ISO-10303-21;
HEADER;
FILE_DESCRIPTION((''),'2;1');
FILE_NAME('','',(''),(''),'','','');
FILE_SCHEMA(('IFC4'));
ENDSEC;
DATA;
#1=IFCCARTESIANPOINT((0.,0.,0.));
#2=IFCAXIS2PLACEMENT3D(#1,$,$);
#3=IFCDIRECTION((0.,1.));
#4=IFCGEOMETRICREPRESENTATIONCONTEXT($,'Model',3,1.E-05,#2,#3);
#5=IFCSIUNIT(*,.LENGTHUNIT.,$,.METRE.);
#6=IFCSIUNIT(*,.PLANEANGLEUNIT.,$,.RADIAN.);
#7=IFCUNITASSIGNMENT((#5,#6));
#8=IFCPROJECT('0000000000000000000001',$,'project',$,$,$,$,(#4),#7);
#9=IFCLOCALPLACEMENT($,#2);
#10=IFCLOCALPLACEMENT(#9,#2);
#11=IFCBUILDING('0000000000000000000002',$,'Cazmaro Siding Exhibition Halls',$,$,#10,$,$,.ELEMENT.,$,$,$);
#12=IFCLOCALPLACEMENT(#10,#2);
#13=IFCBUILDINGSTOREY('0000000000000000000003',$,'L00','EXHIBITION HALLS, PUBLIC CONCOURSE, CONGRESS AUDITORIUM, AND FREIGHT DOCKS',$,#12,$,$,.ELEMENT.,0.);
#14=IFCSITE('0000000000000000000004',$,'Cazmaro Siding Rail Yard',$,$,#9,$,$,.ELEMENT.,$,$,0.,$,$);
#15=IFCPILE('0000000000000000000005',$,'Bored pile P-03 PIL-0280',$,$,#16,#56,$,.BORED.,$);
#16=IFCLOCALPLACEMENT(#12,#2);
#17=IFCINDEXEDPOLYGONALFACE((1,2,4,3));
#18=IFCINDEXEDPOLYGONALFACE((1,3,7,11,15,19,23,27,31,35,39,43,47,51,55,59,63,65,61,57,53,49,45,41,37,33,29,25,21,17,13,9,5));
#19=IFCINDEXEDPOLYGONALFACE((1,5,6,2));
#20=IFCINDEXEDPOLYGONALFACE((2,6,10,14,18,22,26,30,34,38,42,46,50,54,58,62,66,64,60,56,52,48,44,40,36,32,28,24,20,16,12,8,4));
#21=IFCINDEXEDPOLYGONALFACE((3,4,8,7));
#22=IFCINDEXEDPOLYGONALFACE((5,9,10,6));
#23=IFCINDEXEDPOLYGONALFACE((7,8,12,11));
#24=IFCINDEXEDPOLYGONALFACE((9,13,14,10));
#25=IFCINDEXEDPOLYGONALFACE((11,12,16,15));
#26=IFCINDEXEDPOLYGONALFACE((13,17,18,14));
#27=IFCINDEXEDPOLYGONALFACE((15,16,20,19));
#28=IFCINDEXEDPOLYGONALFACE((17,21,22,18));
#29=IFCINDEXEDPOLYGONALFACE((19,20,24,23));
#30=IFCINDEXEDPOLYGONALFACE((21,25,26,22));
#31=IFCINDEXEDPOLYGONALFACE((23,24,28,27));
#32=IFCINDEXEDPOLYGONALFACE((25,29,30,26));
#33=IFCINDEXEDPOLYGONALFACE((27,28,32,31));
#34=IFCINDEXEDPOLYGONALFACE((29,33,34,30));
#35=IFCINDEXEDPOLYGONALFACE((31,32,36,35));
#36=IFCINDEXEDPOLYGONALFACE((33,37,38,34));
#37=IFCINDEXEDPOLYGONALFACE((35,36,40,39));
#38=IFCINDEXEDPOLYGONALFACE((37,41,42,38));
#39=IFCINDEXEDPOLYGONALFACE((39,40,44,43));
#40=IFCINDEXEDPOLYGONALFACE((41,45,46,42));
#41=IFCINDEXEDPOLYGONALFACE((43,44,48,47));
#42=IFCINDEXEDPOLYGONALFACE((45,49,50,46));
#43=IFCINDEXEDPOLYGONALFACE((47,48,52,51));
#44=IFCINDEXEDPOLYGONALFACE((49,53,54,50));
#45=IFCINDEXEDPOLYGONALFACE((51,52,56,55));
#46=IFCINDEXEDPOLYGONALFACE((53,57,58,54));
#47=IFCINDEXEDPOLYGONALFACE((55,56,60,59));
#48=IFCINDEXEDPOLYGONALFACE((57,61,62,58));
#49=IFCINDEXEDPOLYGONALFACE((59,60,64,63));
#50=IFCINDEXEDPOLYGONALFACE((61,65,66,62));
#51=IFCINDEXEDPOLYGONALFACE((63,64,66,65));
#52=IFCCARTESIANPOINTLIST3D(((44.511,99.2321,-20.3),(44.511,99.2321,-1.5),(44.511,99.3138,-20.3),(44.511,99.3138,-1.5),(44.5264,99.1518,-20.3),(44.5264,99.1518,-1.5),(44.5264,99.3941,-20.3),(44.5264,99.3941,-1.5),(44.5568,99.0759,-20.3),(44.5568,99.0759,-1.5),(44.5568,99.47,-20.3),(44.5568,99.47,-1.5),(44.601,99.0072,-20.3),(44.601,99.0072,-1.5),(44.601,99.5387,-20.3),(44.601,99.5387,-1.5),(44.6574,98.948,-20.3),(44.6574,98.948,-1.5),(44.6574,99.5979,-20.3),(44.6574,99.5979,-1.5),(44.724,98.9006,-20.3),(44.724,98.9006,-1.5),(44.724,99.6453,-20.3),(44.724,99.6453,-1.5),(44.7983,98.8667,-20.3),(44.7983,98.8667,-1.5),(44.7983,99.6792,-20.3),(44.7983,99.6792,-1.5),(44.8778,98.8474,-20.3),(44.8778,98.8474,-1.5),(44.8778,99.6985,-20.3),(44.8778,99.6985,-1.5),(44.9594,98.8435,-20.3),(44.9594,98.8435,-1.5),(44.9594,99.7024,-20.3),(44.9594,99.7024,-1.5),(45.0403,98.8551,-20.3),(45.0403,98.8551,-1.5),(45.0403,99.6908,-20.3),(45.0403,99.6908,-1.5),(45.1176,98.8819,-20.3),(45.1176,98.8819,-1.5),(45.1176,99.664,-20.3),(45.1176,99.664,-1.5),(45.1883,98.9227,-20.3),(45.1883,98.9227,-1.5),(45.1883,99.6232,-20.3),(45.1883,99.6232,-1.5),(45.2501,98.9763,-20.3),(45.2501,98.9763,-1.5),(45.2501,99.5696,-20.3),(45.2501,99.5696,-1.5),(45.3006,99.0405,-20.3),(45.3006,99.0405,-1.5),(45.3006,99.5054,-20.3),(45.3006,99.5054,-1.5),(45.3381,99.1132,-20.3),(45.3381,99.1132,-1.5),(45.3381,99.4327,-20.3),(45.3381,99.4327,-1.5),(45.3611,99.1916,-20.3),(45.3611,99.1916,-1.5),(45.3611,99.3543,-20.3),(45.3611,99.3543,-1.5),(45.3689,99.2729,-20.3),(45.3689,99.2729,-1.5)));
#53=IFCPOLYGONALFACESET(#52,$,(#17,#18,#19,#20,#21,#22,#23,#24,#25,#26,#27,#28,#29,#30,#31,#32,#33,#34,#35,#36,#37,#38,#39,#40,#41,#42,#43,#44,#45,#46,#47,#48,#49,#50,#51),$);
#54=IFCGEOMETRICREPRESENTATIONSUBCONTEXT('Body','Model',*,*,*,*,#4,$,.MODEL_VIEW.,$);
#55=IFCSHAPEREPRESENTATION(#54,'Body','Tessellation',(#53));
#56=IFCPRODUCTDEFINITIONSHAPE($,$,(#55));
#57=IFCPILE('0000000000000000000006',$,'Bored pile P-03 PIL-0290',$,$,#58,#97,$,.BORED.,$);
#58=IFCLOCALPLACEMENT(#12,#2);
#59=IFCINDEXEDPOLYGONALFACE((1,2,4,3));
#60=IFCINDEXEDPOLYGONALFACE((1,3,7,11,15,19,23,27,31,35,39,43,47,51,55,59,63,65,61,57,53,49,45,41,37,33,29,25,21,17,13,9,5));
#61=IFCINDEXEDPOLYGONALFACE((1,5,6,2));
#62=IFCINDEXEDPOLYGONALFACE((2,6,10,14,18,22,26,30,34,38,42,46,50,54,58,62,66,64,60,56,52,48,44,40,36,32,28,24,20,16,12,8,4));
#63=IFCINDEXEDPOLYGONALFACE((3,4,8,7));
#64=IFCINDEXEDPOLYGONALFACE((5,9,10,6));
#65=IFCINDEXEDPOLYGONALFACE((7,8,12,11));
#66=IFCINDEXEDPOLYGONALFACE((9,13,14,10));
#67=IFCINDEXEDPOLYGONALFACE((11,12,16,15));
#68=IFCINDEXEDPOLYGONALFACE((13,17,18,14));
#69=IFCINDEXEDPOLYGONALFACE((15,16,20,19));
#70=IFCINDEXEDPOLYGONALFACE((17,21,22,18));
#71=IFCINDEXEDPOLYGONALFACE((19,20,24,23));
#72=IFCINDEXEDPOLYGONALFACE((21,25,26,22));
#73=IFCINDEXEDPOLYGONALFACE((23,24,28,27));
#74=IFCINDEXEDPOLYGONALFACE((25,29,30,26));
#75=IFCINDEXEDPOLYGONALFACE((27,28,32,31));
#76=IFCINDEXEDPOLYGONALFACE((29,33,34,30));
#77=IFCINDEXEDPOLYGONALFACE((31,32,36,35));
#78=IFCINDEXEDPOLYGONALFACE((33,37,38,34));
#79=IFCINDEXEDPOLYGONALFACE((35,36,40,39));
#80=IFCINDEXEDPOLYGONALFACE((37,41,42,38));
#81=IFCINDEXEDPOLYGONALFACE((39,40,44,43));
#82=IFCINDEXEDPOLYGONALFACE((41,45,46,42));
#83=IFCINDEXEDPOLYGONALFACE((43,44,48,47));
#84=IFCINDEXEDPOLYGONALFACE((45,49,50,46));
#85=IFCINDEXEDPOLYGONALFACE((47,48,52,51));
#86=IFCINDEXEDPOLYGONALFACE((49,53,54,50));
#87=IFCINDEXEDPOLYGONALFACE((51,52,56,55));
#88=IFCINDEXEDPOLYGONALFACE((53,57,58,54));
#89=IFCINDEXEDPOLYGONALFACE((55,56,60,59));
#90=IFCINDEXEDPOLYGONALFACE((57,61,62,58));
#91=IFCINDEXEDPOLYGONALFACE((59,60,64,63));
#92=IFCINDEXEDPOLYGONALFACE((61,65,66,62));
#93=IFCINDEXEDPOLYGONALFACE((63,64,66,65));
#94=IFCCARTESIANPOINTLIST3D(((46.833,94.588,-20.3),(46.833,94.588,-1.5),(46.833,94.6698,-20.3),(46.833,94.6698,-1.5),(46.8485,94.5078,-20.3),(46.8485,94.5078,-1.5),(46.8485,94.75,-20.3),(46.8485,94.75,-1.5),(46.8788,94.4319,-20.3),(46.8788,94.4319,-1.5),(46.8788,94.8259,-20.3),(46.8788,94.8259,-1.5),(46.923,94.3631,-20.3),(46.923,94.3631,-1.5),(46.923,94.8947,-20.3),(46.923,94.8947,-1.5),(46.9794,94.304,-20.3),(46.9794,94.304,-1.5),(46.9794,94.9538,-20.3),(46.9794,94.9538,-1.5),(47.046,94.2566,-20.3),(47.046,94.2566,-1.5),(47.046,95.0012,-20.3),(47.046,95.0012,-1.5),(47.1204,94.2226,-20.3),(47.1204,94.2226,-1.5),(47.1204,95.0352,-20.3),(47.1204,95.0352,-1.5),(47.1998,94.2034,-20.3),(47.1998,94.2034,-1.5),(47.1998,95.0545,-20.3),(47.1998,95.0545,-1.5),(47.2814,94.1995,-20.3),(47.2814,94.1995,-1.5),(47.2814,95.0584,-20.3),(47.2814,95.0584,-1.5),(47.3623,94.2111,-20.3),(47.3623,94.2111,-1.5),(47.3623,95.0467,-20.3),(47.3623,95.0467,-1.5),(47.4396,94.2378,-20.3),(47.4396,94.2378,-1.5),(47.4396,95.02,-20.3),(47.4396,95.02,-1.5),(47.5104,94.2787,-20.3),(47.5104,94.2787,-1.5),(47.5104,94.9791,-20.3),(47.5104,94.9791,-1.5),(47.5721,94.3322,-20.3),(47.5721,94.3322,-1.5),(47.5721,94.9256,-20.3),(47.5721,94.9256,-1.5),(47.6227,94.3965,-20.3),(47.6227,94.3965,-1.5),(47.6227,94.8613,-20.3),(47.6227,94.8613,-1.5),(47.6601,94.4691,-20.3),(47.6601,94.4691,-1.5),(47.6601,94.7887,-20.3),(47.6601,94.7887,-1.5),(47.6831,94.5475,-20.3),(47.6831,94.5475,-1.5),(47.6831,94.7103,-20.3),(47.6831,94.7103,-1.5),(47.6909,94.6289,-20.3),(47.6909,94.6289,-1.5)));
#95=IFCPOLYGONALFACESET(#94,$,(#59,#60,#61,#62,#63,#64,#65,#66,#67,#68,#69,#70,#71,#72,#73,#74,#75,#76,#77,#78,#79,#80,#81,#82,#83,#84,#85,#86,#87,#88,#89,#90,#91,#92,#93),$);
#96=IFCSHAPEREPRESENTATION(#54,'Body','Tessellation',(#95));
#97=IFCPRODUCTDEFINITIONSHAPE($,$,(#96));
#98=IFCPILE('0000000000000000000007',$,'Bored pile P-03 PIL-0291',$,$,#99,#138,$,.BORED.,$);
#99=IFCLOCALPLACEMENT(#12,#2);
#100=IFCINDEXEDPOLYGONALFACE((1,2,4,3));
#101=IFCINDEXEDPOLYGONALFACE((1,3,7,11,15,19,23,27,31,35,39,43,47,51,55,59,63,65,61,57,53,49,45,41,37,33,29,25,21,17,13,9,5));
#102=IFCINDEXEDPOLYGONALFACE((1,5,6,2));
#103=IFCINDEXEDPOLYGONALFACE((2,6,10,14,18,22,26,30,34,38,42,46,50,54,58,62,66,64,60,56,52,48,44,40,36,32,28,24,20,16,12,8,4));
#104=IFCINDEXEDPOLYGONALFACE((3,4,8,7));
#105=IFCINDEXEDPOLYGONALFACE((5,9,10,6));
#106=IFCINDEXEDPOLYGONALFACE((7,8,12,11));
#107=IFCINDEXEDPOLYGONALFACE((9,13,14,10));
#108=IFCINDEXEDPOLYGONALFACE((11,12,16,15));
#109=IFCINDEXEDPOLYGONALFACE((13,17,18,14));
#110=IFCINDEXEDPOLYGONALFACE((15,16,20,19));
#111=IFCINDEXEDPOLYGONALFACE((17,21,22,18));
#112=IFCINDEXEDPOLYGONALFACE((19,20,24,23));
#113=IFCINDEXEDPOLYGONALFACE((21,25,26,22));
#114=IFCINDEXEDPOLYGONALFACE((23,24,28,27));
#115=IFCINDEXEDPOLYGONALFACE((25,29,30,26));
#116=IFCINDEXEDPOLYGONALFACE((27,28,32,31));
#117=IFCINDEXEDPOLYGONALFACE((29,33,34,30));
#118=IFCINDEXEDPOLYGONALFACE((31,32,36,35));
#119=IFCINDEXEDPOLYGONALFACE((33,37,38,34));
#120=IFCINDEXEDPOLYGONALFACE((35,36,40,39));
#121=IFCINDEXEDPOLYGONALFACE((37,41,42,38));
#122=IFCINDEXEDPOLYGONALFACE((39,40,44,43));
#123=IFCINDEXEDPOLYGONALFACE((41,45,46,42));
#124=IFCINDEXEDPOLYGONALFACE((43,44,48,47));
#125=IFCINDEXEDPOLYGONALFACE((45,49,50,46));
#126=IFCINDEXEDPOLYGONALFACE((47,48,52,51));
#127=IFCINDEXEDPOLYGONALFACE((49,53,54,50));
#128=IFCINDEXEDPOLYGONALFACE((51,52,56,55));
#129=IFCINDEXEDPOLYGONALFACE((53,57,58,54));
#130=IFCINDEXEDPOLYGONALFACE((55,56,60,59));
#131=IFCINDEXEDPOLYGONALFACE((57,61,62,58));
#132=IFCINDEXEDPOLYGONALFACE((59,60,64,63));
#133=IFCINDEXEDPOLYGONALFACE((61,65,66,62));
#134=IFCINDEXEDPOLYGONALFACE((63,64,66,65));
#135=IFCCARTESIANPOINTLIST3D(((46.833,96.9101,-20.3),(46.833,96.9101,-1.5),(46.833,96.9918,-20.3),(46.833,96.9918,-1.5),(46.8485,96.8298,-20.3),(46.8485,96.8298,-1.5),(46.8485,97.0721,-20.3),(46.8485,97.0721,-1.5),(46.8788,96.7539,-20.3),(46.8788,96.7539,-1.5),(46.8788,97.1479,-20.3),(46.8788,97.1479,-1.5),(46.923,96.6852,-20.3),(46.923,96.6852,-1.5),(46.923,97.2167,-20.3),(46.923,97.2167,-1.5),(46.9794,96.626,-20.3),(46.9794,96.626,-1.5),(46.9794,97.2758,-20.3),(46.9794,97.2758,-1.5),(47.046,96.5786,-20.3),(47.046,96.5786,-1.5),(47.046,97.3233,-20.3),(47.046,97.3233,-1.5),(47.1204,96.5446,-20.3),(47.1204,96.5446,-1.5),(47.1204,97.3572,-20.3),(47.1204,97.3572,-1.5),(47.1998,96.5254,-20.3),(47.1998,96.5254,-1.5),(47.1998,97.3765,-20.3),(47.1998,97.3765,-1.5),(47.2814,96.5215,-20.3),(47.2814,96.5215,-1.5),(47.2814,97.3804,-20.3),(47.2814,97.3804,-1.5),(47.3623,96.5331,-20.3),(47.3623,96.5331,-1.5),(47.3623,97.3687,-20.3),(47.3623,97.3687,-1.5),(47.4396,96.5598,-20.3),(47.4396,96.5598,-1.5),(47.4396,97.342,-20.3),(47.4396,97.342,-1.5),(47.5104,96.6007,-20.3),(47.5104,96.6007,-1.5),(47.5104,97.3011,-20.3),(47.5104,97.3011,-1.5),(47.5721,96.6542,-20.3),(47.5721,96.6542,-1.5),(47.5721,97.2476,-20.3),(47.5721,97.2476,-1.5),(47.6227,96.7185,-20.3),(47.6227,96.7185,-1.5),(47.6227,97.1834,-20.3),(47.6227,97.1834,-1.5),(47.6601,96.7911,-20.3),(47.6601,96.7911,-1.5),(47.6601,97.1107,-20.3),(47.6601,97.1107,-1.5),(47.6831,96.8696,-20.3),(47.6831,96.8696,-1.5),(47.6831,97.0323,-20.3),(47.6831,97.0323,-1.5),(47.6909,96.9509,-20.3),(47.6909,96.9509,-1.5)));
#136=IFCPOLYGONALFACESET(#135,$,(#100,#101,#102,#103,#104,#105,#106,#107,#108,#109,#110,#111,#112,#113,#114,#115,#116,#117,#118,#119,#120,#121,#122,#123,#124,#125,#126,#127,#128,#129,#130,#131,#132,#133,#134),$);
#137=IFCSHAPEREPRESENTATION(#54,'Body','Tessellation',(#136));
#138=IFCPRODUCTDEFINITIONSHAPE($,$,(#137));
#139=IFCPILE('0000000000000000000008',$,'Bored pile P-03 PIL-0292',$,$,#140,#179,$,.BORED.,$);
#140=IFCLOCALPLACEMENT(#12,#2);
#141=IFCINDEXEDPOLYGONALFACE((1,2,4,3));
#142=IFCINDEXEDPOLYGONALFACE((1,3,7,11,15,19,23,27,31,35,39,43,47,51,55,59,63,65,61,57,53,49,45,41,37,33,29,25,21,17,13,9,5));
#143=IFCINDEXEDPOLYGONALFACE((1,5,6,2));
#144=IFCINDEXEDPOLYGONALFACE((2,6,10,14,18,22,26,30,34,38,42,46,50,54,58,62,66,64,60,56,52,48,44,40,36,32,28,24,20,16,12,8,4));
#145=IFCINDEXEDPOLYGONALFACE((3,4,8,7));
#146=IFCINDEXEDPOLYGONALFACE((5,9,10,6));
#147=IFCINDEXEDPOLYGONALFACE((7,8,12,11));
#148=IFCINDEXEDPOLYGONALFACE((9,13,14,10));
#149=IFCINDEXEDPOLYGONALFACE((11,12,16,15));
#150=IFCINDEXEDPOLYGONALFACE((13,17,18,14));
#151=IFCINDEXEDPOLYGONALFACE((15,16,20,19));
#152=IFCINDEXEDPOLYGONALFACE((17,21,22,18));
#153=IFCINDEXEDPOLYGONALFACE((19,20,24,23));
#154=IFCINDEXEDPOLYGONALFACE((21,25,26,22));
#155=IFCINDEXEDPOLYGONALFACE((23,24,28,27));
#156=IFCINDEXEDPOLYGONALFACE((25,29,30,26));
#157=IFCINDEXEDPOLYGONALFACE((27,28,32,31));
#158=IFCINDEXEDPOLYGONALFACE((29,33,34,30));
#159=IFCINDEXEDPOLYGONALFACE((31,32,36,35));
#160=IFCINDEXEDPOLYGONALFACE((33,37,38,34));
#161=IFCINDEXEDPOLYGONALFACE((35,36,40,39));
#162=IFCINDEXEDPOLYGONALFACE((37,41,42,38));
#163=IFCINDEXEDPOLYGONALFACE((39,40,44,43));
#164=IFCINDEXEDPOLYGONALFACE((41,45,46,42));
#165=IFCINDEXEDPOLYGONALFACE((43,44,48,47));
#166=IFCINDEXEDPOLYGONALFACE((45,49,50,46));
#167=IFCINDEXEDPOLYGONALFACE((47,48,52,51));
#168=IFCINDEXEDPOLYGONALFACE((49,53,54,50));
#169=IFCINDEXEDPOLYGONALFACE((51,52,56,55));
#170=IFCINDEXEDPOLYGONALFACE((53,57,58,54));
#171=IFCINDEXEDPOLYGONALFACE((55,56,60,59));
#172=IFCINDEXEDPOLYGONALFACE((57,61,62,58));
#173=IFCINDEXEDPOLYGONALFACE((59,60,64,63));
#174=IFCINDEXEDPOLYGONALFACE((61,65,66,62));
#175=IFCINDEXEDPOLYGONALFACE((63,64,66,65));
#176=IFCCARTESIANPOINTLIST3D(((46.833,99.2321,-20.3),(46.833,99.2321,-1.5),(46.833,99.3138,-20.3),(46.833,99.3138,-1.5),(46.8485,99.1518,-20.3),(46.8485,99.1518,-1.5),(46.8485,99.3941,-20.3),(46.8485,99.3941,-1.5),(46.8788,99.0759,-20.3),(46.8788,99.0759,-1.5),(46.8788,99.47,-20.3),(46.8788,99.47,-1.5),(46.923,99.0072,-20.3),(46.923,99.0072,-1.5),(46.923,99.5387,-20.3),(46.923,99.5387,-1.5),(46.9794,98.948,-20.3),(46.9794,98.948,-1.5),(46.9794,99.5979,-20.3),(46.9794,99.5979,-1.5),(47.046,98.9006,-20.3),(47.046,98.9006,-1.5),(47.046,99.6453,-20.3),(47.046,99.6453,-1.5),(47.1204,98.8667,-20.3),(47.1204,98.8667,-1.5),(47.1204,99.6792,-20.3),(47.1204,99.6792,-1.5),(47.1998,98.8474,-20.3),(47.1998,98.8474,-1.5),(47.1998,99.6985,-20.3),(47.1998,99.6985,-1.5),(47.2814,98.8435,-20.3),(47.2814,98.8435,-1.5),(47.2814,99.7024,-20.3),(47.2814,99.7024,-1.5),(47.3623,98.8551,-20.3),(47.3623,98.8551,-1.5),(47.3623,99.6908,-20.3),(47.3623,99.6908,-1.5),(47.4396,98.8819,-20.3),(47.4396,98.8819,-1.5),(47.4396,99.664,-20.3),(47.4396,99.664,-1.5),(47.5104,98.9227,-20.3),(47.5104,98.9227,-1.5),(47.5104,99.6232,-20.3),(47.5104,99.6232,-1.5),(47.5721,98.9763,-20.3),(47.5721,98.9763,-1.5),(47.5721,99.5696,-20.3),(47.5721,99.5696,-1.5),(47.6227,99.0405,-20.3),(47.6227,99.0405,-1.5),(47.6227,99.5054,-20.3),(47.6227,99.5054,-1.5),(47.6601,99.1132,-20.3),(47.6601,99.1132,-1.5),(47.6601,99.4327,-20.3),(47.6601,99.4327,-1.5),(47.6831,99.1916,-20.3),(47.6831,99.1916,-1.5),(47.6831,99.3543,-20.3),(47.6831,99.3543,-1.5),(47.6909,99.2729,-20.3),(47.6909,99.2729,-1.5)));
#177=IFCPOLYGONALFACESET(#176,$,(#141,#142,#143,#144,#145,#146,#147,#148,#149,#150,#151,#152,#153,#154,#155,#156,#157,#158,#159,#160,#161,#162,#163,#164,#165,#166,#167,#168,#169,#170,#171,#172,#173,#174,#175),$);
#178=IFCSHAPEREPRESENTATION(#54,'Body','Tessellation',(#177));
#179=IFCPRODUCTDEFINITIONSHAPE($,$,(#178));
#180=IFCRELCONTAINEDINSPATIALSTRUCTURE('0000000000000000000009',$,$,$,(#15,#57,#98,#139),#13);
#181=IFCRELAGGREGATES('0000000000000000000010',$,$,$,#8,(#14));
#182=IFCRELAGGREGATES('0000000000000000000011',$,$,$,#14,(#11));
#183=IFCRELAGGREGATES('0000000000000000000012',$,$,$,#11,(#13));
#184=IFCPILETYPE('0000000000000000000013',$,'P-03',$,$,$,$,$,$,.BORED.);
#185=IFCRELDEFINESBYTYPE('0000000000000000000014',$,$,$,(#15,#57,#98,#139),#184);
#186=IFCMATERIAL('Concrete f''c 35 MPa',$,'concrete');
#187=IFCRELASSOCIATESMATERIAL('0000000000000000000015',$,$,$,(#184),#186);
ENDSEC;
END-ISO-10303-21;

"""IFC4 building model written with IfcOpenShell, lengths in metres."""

from ifc_helpers import new_model, si_unit, direction, frame, origin, origin_2d, place, context, subcontext, project, spatial, circle, extrude, material, material_profile, profile_set, type_object, element, save


model = new_model("IFC4")

# Units and contexts
model_context = context("Model", 3, precision=1e-05, world=origin(), true_north=direction((0.0, 1.0)))
body_context = subcontext(model_context, "Body", "Model", "MODEL_VIEW")
ifc_project = project(units=[si_unit("LENGTHUNIT", "METRE"), si_unit("PLANEANGLEUNIT", "RADIAN")], contexts=[model_context])

# Site, building, storey
site_placement = place(None, origin())
site = spatial("IfcSite", under=ifc_project, at=site_placement, Name="Cazmaro Siding Rail Yard", CompositionType="ELEMENT", RefElevation=0.0)
building_placement = place(site_placement, origin())
building = spatial("IfcBuilding", under=site, at=building_placement, Name="Cazmaro Siding Exhibition Halls", CompositionType="ELEMENT")
storey_placement = place(building_placement, origin())
storey = spatial("IfcBuildingStorey", under=building, at=storey_placement, Name="L00", Description="EXHIBITION HALLS, PUBLIC CONCOURSE, CONGRESS AUDITORIUM, AND FREIGHT DOCKS", CompositionType="ELEMENT", Elevation=0.0)

# Piles
ifc_material_1 = material(Name="Concrete f'c 35 MPa", Category="concrete")
ifc_material_profile_1 = material_profile(ifc_material_1, circle(Radius=0.4299, at=origin_2d()), Name="CIDH-860")
ifc_profile_set_1 = profile_set([ifc_material_profile_1], Name="Concrete f'c 35 MPa")
pile_type_1 = type_object("IfcPileType", Name="P-03", PredefinedType="BORED", material=ifc_profile_set_1)
for number, where, z_axis, x_axis, name in (
    (1, (44.939, 99.2729, -1.5), (0.0, 0.0, -1.0), (1.0, 0.0, 0.0), "Bored pile P-03 PIL-0280"),
    (2, (47.261, 94.6289, -1.5), (0.0, 0.0, -1.0), (1.0, 0.0, 0.0), "Bored pile P-03 PIL-0290"),
    (3, (47.261, 96.9509, -1.5), (0.0, 0.0, -1.0), (1.0, 0.0, 0.0), "Bored pile P-03 PIL-0291"),
    (4, (47.261, 99.2729, -1.5), (0.0, 0.0, -1.0), (1.0, 0.0, 0.0), "Bored pile P-03 PIL-0292"),
):
    element("IfcPile", number, at=place(storey_placement, frame(where, z_axis=z_axis, x_axis=x_axis)), inside=storey, type_object=pile_type_1, Name=name, PredefinedType="BORED", context=body_context, shape_type="SweptSolid", body=[
        extrude(circle(Radius=0.4299, at=origin_2d()), origin(), (0.0, 0.0, 1.0), 18.8),
    ])

save(model, "model.ifc")
